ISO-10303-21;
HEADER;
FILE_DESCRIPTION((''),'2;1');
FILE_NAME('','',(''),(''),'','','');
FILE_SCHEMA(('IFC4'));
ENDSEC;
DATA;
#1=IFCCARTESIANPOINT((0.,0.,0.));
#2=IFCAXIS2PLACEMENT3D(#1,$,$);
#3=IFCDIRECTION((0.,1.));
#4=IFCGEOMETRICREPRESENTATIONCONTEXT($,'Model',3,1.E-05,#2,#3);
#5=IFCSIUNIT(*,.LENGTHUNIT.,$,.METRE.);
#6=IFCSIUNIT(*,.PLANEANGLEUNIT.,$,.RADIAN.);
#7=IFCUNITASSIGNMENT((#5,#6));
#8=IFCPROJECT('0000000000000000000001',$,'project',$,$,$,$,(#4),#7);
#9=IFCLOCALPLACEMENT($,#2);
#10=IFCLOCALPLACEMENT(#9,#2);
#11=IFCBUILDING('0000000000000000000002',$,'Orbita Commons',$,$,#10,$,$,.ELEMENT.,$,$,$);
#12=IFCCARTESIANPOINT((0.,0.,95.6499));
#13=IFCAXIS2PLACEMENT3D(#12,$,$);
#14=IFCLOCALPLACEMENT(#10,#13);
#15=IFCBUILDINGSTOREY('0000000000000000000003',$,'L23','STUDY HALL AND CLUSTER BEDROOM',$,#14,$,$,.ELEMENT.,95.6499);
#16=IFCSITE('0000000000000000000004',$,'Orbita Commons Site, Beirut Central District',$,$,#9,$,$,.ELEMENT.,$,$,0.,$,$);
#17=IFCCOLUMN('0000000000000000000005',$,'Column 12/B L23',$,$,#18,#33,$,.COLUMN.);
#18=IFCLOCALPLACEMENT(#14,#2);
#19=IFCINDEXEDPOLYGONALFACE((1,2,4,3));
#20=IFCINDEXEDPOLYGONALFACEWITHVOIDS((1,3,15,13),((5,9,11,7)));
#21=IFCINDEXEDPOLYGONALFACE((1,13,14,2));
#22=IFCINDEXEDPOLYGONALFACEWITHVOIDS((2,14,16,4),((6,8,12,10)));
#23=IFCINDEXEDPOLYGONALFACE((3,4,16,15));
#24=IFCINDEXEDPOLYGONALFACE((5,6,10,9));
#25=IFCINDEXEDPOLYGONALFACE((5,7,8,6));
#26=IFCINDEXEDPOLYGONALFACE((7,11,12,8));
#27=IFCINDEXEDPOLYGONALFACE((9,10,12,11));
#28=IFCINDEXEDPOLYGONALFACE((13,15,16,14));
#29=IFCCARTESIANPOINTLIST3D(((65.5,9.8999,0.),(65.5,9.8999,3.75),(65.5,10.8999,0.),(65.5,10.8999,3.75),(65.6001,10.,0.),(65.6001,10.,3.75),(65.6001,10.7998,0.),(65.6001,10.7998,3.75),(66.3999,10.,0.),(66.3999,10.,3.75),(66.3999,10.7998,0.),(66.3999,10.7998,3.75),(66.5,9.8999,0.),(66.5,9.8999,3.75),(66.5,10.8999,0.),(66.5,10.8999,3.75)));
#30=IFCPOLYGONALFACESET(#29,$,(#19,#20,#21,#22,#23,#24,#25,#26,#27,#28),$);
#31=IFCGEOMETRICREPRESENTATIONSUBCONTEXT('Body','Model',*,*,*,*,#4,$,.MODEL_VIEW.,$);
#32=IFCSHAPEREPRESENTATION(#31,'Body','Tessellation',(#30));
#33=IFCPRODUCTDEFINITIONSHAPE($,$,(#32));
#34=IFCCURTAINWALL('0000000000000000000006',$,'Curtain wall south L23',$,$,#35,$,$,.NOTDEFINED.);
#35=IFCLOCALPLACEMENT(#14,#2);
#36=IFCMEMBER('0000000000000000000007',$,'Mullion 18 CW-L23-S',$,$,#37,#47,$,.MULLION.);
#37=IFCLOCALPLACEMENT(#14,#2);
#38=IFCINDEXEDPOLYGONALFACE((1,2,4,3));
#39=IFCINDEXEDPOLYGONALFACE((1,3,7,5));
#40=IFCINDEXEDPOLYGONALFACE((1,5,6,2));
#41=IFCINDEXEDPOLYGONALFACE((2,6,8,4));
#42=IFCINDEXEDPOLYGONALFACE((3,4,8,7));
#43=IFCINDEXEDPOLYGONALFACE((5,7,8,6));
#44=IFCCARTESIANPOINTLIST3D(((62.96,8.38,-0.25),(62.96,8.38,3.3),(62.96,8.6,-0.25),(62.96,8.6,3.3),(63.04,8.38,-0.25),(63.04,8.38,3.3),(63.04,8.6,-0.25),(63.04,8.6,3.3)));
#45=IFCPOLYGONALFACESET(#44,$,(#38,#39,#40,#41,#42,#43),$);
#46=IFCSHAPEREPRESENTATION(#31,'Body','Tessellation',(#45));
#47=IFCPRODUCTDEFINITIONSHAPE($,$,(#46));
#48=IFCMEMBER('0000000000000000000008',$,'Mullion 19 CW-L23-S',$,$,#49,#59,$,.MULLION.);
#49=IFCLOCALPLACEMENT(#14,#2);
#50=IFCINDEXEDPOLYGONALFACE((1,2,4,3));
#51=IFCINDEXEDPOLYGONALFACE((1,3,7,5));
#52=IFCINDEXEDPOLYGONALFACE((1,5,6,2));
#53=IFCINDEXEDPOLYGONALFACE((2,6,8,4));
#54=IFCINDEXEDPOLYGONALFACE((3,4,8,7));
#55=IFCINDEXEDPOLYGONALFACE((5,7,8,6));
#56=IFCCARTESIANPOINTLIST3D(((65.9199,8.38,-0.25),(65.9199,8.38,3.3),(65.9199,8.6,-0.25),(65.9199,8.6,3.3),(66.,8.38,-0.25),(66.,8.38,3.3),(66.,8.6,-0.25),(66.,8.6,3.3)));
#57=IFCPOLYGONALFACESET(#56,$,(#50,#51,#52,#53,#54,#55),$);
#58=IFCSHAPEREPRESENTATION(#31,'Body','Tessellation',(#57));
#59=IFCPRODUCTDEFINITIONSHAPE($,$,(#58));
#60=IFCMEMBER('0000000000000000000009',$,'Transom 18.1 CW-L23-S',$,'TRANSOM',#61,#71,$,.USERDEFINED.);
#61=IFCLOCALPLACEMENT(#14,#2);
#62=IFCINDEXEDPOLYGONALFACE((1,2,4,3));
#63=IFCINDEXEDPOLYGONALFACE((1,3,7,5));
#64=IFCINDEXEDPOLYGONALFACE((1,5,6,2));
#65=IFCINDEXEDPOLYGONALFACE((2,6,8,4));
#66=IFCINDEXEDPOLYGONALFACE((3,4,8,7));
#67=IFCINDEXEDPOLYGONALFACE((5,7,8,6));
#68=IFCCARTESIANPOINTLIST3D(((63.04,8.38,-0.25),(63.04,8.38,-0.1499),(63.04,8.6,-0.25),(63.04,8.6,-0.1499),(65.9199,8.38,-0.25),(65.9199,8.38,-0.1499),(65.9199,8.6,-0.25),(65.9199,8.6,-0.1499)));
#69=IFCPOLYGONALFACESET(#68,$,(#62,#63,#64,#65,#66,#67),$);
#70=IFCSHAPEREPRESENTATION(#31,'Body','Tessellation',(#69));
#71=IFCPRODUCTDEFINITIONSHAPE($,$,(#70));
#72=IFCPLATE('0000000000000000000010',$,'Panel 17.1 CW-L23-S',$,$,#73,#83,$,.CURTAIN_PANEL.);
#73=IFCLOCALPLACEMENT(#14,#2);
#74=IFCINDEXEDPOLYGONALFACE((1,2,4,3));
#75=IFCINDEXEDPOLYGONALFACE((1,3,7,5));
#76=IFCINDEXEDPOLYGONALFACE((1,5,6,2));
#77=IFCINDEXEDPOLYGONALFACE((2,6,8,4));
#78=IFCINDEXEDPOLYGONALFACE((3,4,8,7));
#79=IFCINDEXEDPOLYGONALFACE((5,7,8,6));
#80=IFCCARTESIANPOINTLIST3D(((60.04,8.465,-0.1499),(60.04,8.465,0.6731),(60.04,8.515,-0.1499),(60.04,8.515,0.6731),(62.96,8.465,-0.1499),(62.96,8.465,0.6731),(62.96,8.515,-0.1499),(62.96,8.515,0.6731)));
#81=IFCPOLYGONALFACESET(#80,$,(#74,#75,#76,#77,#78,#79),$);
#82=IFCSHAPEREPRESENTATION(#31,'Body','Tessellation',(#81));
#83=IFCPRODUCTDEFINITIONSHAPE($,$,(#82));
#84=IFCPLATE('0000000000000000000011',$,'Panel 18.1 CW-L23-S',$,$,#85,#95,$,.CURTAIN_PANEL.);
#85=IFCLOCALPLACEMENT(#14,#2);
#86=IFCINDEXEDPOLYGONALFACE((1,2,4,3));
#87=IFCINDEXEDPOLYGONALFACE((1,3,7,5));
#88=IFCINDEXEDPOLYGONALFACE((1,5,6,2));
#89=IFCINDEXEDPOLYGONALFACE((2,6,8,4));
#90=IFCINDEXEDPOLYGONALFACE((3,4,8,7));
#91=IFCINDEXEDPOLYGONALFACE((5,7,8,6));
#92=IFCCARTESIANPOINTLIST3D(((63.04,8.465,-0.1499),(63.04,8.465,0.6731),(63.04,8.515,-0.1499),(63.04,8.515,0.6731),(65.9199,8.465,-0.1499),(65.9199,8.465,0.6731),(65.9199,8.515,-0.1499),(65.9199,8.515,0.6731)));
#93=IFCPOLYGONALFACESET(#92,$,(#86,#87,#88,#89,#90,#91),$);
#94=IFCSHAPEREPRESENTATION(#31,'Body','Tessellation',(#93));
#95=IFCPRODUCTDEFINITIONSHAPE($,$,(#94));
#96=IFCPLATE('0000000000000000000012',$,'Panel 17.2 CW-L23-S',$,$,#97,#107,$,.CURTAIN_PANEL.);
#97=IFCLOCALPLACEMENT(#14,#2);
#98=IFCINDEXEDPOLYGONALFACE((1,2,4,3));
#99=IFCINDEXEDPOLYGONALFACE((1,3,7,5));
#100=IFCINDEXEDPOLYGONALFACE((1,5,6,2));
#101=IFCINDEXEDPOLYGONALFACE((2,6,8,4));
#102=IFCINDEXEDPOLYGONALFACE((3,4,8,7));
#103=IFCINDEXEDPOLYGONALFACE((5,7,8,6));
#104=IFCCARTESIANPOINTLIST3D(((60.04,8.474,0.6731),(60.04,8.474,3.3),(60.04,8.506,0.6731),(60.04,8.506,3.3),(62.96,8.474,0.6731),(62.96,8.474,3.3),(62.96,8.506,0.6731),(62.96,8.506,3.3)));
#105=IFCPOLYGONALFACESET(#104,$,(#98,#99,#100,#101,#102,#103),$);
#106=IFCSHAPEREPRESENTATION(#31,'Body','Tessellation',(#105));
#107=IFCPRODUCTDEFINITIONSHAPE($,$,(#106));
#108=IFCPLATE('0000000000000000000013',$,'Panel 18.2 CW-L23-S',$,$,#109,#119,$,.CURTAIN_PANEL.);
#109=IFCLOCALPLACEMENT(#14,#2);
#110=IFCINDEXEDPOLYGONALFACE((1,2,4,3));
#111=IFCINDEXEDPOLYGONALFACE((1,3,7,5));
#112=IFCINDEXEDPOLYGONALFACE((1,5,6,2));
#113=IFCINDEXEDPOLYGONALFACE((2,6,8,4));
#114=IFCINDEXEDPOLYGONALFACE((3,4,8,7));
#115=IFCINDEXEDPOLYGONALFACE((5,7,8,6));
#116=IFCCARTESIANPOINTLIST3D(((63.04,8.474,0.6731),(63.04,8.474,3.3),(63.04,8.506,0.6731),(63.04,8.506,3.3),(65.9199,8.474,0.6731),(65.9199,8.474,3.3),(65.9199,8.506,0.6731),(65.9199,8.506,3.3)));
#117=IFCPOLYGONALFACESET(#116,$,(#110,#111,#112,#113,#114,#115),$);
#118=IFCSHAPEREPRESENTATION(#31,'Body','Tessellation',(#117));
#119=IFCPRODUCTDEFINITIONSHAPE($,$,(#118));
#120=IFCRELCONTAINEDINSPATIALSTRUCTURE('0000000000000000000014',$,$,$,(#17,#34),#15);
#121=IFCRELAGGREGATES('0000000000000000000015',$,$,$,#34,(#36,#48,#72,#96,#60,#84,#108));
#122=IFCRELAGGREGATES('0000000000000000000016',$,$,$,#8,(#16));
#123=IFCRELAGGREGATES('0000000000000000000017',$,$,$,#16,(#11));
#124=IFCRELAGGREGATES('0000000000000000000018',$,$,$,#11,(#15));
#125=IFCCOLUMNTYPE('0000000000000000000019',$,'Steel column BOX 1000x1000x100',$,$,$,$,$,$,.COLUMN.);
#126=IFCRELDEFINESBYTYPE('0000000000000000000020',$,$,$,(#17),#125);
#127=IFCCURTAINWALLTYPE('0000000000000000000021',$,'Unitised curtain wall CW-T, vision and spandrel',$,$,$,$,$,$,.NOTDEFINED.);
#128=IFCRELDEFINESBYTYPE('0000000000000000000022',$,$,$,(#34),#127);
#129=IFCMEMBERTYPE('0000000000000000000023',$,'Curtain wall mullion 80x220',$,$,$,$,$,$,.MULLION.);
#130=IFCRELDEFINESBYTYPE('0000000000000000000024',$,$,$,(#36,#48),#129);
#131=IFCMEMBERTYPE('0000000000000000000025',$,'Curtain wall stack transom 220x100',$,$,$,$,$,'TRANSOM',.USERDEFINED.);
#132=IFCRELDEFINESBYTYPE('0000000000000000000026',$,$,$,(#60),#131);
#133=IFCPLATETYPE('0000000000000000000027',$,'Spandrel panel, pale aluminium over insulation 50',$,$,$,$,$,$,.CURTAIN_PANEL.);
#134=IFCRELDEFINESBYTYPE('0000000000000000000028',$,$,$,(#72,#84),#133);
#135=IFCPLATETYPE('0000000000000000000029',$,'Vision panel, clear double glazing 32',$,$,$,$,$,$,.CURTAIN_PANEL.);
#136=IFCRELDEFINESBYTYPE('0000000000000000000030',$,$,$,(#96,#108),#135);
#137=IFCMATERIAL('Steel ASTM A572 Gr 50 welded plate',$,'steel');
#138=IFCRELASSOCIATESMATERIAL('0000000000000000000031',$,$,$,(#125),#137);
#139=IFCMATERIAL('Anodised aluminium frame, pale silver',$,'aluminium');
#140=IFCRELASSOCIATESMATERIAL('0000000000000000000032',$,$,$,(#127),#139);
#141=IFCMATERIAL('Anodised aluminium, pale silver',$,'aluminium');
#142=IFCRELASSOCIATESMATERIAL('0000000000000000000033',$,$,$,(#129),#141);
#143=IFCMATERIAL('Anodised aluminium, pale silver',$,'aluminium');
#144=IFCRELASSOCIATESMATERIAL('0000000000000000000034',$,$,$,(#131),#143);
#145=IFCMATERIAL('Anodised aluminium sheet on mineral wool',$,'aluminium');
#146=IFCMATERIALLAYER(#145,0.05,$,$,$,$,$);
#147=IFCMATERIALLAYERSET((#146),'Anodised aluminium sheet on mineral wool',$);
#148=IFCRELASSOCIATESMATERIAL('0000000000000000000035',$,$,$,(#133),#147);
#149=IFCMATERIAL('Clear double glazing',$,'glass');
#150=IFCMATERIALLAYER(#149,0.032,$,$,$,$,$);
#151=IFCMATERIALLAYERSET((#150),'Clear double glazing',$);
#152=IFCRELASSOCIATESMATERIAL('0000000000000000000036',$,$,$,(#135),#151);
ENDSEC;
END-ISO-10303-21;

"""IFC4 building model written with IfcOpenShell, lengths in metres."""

from ifc_helpers import new_model, si_unit, direction, frame, origin, origin_2d, place, context, subcontext, project, spatial, rectangle, hollow_rectangle, extrude, material, layer, layer_set, material_profile, profile_set, type_object, element, aggregate, save


model = new_model("IFC4")

# Units and contexts
model_context = context("Model", 3, precision=1e-05, world=origin(), true_north=direction((0.0, 1.0)))
body_context = subcontext(model_context, "Body", "Model", "MODEL_VIEW")
ifc_project = project(units=[si_unit("LENGTHUNIT", "METRE"), si_unit("PLANEANGLEUNIT", "RADIAN")], contexts=[model_context])

# Site, building, storey
site_placement = place(None, origin())
site = spatial("IfcSite", under=ifc_project, at=site_placement, Name="Orbita Commons Site, Beirut Central District", CompositionType="ELEMENT", RefElevation=0.0)
building_placement = place(site_placement, origin())
building = spatial("IfcBuilding", under=site, at=building_placement, Name="Orbita Commons", CompositionType="ELEMENT")
storey_placement = place(building_placement, frame((0.0, 0.0, 95.6499)))
storey = spatial("IfcBuildingStorey", under=building, at=storey_placement, Name="L23", Description="STUDY HALL AND CLUSTER BEDROOM", CompositionType="ELEMENT", Elevation=95.6499)

# Column
ifc_material_1 = material(Name="Steel ASTM A572 Gr 50 welded plate", Category="steel")
ifc_material_profile_1 = material_profile(ifc_material_1, hollow_rectangle(XDim=1.0, YDim=1.0, WallThickness=0.1001, at=origin_2d()), Name="BOX 1000x1000x100")
ifc_profile_set_1 = profile_set([ifc_material_profile_1], Name="Steel ASTM A572 Gr 50 welded plate")
column_type = type_object("IfcColumnType", Name="Steel column BOX 1000x1000x100", PredefinedType="COLUMN", material=ifc_profile_set_1)
column_placement = place(storey_placement, frame((66.0, 10.3999, 0.0), z_axis=(0.0, 0.0, 1.0), x_axis=(1.0, 0.0, 0.0)))
element("IfcColumn", 1, at=column_placement, inside=storey, type_object=column_type, Name="Column 12/B L23", PredefinedType="COLUMN", context=body_context, shape_type="SweptSolid", body=[
    extrude(hollow_rectangle(XDim=1.0, YDim=1.0, WallThickness=0.1001, at=origin_2d()), origin(), (0.0, 0.0, 1.0), 3.75),
])

# Curtain wall, members, plates
ifc_material_2 = material(Name="Anodised aluminium frame, pale silver", Category="aluminium")
curtain_wall_type = type_object("IfcCurtainWallType", Name="Unitised curtain wall CW-T, vision and spandrel", PredefinedType="NOTDEFINED", material=ifc_material_2)
curtain_wall_placement = place(storey_placement, origin())
curtain_wall = element("IfcCurtainWall", 2, at=curtain_wall_placement, inside=storey, type_object=curtain_wall_type, Name="Curtain wall south L23", PredefinedType="NOTDEFINED")
ifc_material_3 = material(Name="Anodised aluminium, pale silver", Category="aluminium")
ifc_material_profile_2 = material_profile(ifc_material_3, rectangle(XDim=0.0801, YDim=0.22, at=origin_2d()), Name="AL 80x220")
ifc_profile_set_2 = profile_set([ifc_material_profile_2], Name="Anodised aluminium, pale silver")
member_type_1 = type_object("IfcMemberType", Name="Curtain wall mullion 80x220", PredefinedType="MULLION", material=ifc_profile_set_2)
member_1_placement = place(storey_placement, frame((63.0, 8.49, -0.25), z_axis=(0.0, 0.0, 1.0), x_axis=(1.0, 0.0, 0.0)))
member_1 = element("IfcMember", 3, at=member_1_placement, type_object=member_type_1, Name="Mullion 18 CW-L23-S", PredefinedType="MULLION", context=body_context, shape_type="SweptSolid", body=[
    extrude(rectangle(XDim=0.0801, YDim=0.22, at=origin_2d()), origin(), (0.0, 0.0, 1.0), 3.55),
])
member_2_placement = place(storey_placement, frame((65.96, 8.49, -0.25), z_axis=(0.0, 0.0, 1.0), x_axis=(1.0, 0.0, 0.0)))
member_2 = element("IfcMember", 4, at=member_2_placement, type_object=member_type_1, Name="Mullion 19 CW-L23-S", PredefinedType="MULLION", context=body_context, shape_type="SweptSolid", body=[
    extrude(rectangle(XDim=0.0801, YDim=0.22, at=origin_2d()), origin(), (0.0, 0.0, 1.0), 3.55),
])
ifc_material_4 = material(Name="Anodised aluminium, pale silver", Category="aluminium")
ifc_material_profile_3 = material_profile(ifc_material_4, rectangle(XDim=0.22, YDim=0.1001, at=origin_2d()), Name="AL 220x100")
ifc_profile_set_3 = profile_set([ifc_material_profile_3], Name="Anodised aluminium, pale silver")
member_type_2 = type_object("IfcMemberType", Name="Curtain wall stack transom 220x100", ElementType="TRANSOM", PredefinedType="USERDEFINED", material=ifc_profile_set_3)
member_3_placement = place(storey_placement, frame((63.04, 8.49, -0.2), z_axis=(1.0, 0.0, 0.0), x_axis=(0.0, 1.0, 0.0)))
member_3 = element("IfcMember", 5, at=member_3_placement, type_object=member_type_2, Name="Transom 18.1 CW-L23-S", ObjectType="TRANSOM", PredefinedType="USERDEFINED", context=body_context, shape_type="SweptSolid", body=[
    extrude(rectangle(XDim=0.22, YDim=0.1001, at=origin_2d()), origin(), (0.0, 0.0, 1.0), 2.8799),
])
ifc_material_5 = material(Name="Anodised aluminium sheet on mineral wool", Category="aluminium")
ifc_layer_1 = layer(ifc_material_5, 0.05)
ifc_layer_set_1 = layer_set([ifc_layer_1], Name="Anodised aluminium sheet on mineral wool")
plate_type_1 = type_object("IfcPlateType", Name="Spandrel panel, pale aluminium over insulation 50", PredefinedType="CURTAIN_PANEL", material=ifc_layer_set_1)
plate_1_placement = place(storey_placement, frame((61.5, 8.49, -0.1499), z_axis=(0.0, 0.0, 1.0), x_axis=(1.0, 0.0, 0.0)))
plate_1 = element("IfcPlate", 6, at=plate_1_placement, type_object=plate_type_1, Name="Panel 17.1 CW-L23-S", PredefinedType="CURTAIN_PANEL", context=body_context, shape_type="SweptSolid", body=[
    extrude(rectangle(XDim=2.9199, YDim=0.05, at=origin_2d()), origin(), (0.0, 0.0, 1.0), 0.823),
])
plate_2_placement = place(storey_placement, frame((64.48, 8.49, -0.1499), z_axis=(0.0, 0.0, 1.0), x_axis=(1.0, 0.0, 0.0)))
plate_2 = element("IfcPlate", 7, at=plate_2_placement, type_object=plate_type_1, Name="Panel 18.1 CW-L23-S", PredefinedType="CURTAIN_PANEL", context=body_context, shape_type="SweptSolid", body=[
    extrude(rectangle(XDim=2.8799, YDim=0.05, at=origin_2d()), origin(), (0.0, 0.0, 1.0), 0.823),
])
ifc_material_6 = material(Name="Clear double glazing", Category="glass")
ifc_layer_2 = layer(ifc_material_6, 0.032)
ifc_layer_set_2 = layer_set([ifc_layer_2], Name="Clear double glazing")
plate_type_2 = type_object("IfcPlateType", Name="Vision panel, clear double glazing 32", PredefinedType="CURTAIN_PANEL", material=ifc_layer_set_2)
plate_3_placement = place(storey_placement, frame((61.5, 8.49, 0.6731), z_axis=(0.0, 0.0, 1.0), x_axis=(1.0, 0.0, 0.0)))
plate_3 = element("IfcPlate", 8, at=plate_3_placement, type_object=plate_type_2, Name="Panel 17.2 CW-L23-S", PredefinedType="CURTAIN_PANEL", context=body_context, shape_type="SweptSolid", body=[
    extrude(rectangle(XDim=2.9199, YDim=0.032, at=origin_2d()), origin(), (0.0, 0.0, 1.0), 2.627),
])
plate_4_placement = place(storey_placement, frame((64.48, 8.49, 0.6731), z_axis=(0.0, 0.0, 1.0), x_axis=(1.0, 0.0, 0.0)))
plate_4 = element("IfcPlate", 9, at=plate_4_placement, type_object=plate_type_2, Name="Panel 18.2 CW-L23-S", PredefinedType="CURTAIN_PANEL", context=body_context, shape_type="SweptSolid", body=[
    extrude(rectangle(XDim=2.8799, YDim=0.032, at=origin_2d()), origin(), (0.0, 0.0, 1.0), 2.627),
])
aggregate(curtain_wall, [member_1, member_2, plate_1, plate_3, member_3, plate_2, plate_4])

save(model, "model.ifc")
